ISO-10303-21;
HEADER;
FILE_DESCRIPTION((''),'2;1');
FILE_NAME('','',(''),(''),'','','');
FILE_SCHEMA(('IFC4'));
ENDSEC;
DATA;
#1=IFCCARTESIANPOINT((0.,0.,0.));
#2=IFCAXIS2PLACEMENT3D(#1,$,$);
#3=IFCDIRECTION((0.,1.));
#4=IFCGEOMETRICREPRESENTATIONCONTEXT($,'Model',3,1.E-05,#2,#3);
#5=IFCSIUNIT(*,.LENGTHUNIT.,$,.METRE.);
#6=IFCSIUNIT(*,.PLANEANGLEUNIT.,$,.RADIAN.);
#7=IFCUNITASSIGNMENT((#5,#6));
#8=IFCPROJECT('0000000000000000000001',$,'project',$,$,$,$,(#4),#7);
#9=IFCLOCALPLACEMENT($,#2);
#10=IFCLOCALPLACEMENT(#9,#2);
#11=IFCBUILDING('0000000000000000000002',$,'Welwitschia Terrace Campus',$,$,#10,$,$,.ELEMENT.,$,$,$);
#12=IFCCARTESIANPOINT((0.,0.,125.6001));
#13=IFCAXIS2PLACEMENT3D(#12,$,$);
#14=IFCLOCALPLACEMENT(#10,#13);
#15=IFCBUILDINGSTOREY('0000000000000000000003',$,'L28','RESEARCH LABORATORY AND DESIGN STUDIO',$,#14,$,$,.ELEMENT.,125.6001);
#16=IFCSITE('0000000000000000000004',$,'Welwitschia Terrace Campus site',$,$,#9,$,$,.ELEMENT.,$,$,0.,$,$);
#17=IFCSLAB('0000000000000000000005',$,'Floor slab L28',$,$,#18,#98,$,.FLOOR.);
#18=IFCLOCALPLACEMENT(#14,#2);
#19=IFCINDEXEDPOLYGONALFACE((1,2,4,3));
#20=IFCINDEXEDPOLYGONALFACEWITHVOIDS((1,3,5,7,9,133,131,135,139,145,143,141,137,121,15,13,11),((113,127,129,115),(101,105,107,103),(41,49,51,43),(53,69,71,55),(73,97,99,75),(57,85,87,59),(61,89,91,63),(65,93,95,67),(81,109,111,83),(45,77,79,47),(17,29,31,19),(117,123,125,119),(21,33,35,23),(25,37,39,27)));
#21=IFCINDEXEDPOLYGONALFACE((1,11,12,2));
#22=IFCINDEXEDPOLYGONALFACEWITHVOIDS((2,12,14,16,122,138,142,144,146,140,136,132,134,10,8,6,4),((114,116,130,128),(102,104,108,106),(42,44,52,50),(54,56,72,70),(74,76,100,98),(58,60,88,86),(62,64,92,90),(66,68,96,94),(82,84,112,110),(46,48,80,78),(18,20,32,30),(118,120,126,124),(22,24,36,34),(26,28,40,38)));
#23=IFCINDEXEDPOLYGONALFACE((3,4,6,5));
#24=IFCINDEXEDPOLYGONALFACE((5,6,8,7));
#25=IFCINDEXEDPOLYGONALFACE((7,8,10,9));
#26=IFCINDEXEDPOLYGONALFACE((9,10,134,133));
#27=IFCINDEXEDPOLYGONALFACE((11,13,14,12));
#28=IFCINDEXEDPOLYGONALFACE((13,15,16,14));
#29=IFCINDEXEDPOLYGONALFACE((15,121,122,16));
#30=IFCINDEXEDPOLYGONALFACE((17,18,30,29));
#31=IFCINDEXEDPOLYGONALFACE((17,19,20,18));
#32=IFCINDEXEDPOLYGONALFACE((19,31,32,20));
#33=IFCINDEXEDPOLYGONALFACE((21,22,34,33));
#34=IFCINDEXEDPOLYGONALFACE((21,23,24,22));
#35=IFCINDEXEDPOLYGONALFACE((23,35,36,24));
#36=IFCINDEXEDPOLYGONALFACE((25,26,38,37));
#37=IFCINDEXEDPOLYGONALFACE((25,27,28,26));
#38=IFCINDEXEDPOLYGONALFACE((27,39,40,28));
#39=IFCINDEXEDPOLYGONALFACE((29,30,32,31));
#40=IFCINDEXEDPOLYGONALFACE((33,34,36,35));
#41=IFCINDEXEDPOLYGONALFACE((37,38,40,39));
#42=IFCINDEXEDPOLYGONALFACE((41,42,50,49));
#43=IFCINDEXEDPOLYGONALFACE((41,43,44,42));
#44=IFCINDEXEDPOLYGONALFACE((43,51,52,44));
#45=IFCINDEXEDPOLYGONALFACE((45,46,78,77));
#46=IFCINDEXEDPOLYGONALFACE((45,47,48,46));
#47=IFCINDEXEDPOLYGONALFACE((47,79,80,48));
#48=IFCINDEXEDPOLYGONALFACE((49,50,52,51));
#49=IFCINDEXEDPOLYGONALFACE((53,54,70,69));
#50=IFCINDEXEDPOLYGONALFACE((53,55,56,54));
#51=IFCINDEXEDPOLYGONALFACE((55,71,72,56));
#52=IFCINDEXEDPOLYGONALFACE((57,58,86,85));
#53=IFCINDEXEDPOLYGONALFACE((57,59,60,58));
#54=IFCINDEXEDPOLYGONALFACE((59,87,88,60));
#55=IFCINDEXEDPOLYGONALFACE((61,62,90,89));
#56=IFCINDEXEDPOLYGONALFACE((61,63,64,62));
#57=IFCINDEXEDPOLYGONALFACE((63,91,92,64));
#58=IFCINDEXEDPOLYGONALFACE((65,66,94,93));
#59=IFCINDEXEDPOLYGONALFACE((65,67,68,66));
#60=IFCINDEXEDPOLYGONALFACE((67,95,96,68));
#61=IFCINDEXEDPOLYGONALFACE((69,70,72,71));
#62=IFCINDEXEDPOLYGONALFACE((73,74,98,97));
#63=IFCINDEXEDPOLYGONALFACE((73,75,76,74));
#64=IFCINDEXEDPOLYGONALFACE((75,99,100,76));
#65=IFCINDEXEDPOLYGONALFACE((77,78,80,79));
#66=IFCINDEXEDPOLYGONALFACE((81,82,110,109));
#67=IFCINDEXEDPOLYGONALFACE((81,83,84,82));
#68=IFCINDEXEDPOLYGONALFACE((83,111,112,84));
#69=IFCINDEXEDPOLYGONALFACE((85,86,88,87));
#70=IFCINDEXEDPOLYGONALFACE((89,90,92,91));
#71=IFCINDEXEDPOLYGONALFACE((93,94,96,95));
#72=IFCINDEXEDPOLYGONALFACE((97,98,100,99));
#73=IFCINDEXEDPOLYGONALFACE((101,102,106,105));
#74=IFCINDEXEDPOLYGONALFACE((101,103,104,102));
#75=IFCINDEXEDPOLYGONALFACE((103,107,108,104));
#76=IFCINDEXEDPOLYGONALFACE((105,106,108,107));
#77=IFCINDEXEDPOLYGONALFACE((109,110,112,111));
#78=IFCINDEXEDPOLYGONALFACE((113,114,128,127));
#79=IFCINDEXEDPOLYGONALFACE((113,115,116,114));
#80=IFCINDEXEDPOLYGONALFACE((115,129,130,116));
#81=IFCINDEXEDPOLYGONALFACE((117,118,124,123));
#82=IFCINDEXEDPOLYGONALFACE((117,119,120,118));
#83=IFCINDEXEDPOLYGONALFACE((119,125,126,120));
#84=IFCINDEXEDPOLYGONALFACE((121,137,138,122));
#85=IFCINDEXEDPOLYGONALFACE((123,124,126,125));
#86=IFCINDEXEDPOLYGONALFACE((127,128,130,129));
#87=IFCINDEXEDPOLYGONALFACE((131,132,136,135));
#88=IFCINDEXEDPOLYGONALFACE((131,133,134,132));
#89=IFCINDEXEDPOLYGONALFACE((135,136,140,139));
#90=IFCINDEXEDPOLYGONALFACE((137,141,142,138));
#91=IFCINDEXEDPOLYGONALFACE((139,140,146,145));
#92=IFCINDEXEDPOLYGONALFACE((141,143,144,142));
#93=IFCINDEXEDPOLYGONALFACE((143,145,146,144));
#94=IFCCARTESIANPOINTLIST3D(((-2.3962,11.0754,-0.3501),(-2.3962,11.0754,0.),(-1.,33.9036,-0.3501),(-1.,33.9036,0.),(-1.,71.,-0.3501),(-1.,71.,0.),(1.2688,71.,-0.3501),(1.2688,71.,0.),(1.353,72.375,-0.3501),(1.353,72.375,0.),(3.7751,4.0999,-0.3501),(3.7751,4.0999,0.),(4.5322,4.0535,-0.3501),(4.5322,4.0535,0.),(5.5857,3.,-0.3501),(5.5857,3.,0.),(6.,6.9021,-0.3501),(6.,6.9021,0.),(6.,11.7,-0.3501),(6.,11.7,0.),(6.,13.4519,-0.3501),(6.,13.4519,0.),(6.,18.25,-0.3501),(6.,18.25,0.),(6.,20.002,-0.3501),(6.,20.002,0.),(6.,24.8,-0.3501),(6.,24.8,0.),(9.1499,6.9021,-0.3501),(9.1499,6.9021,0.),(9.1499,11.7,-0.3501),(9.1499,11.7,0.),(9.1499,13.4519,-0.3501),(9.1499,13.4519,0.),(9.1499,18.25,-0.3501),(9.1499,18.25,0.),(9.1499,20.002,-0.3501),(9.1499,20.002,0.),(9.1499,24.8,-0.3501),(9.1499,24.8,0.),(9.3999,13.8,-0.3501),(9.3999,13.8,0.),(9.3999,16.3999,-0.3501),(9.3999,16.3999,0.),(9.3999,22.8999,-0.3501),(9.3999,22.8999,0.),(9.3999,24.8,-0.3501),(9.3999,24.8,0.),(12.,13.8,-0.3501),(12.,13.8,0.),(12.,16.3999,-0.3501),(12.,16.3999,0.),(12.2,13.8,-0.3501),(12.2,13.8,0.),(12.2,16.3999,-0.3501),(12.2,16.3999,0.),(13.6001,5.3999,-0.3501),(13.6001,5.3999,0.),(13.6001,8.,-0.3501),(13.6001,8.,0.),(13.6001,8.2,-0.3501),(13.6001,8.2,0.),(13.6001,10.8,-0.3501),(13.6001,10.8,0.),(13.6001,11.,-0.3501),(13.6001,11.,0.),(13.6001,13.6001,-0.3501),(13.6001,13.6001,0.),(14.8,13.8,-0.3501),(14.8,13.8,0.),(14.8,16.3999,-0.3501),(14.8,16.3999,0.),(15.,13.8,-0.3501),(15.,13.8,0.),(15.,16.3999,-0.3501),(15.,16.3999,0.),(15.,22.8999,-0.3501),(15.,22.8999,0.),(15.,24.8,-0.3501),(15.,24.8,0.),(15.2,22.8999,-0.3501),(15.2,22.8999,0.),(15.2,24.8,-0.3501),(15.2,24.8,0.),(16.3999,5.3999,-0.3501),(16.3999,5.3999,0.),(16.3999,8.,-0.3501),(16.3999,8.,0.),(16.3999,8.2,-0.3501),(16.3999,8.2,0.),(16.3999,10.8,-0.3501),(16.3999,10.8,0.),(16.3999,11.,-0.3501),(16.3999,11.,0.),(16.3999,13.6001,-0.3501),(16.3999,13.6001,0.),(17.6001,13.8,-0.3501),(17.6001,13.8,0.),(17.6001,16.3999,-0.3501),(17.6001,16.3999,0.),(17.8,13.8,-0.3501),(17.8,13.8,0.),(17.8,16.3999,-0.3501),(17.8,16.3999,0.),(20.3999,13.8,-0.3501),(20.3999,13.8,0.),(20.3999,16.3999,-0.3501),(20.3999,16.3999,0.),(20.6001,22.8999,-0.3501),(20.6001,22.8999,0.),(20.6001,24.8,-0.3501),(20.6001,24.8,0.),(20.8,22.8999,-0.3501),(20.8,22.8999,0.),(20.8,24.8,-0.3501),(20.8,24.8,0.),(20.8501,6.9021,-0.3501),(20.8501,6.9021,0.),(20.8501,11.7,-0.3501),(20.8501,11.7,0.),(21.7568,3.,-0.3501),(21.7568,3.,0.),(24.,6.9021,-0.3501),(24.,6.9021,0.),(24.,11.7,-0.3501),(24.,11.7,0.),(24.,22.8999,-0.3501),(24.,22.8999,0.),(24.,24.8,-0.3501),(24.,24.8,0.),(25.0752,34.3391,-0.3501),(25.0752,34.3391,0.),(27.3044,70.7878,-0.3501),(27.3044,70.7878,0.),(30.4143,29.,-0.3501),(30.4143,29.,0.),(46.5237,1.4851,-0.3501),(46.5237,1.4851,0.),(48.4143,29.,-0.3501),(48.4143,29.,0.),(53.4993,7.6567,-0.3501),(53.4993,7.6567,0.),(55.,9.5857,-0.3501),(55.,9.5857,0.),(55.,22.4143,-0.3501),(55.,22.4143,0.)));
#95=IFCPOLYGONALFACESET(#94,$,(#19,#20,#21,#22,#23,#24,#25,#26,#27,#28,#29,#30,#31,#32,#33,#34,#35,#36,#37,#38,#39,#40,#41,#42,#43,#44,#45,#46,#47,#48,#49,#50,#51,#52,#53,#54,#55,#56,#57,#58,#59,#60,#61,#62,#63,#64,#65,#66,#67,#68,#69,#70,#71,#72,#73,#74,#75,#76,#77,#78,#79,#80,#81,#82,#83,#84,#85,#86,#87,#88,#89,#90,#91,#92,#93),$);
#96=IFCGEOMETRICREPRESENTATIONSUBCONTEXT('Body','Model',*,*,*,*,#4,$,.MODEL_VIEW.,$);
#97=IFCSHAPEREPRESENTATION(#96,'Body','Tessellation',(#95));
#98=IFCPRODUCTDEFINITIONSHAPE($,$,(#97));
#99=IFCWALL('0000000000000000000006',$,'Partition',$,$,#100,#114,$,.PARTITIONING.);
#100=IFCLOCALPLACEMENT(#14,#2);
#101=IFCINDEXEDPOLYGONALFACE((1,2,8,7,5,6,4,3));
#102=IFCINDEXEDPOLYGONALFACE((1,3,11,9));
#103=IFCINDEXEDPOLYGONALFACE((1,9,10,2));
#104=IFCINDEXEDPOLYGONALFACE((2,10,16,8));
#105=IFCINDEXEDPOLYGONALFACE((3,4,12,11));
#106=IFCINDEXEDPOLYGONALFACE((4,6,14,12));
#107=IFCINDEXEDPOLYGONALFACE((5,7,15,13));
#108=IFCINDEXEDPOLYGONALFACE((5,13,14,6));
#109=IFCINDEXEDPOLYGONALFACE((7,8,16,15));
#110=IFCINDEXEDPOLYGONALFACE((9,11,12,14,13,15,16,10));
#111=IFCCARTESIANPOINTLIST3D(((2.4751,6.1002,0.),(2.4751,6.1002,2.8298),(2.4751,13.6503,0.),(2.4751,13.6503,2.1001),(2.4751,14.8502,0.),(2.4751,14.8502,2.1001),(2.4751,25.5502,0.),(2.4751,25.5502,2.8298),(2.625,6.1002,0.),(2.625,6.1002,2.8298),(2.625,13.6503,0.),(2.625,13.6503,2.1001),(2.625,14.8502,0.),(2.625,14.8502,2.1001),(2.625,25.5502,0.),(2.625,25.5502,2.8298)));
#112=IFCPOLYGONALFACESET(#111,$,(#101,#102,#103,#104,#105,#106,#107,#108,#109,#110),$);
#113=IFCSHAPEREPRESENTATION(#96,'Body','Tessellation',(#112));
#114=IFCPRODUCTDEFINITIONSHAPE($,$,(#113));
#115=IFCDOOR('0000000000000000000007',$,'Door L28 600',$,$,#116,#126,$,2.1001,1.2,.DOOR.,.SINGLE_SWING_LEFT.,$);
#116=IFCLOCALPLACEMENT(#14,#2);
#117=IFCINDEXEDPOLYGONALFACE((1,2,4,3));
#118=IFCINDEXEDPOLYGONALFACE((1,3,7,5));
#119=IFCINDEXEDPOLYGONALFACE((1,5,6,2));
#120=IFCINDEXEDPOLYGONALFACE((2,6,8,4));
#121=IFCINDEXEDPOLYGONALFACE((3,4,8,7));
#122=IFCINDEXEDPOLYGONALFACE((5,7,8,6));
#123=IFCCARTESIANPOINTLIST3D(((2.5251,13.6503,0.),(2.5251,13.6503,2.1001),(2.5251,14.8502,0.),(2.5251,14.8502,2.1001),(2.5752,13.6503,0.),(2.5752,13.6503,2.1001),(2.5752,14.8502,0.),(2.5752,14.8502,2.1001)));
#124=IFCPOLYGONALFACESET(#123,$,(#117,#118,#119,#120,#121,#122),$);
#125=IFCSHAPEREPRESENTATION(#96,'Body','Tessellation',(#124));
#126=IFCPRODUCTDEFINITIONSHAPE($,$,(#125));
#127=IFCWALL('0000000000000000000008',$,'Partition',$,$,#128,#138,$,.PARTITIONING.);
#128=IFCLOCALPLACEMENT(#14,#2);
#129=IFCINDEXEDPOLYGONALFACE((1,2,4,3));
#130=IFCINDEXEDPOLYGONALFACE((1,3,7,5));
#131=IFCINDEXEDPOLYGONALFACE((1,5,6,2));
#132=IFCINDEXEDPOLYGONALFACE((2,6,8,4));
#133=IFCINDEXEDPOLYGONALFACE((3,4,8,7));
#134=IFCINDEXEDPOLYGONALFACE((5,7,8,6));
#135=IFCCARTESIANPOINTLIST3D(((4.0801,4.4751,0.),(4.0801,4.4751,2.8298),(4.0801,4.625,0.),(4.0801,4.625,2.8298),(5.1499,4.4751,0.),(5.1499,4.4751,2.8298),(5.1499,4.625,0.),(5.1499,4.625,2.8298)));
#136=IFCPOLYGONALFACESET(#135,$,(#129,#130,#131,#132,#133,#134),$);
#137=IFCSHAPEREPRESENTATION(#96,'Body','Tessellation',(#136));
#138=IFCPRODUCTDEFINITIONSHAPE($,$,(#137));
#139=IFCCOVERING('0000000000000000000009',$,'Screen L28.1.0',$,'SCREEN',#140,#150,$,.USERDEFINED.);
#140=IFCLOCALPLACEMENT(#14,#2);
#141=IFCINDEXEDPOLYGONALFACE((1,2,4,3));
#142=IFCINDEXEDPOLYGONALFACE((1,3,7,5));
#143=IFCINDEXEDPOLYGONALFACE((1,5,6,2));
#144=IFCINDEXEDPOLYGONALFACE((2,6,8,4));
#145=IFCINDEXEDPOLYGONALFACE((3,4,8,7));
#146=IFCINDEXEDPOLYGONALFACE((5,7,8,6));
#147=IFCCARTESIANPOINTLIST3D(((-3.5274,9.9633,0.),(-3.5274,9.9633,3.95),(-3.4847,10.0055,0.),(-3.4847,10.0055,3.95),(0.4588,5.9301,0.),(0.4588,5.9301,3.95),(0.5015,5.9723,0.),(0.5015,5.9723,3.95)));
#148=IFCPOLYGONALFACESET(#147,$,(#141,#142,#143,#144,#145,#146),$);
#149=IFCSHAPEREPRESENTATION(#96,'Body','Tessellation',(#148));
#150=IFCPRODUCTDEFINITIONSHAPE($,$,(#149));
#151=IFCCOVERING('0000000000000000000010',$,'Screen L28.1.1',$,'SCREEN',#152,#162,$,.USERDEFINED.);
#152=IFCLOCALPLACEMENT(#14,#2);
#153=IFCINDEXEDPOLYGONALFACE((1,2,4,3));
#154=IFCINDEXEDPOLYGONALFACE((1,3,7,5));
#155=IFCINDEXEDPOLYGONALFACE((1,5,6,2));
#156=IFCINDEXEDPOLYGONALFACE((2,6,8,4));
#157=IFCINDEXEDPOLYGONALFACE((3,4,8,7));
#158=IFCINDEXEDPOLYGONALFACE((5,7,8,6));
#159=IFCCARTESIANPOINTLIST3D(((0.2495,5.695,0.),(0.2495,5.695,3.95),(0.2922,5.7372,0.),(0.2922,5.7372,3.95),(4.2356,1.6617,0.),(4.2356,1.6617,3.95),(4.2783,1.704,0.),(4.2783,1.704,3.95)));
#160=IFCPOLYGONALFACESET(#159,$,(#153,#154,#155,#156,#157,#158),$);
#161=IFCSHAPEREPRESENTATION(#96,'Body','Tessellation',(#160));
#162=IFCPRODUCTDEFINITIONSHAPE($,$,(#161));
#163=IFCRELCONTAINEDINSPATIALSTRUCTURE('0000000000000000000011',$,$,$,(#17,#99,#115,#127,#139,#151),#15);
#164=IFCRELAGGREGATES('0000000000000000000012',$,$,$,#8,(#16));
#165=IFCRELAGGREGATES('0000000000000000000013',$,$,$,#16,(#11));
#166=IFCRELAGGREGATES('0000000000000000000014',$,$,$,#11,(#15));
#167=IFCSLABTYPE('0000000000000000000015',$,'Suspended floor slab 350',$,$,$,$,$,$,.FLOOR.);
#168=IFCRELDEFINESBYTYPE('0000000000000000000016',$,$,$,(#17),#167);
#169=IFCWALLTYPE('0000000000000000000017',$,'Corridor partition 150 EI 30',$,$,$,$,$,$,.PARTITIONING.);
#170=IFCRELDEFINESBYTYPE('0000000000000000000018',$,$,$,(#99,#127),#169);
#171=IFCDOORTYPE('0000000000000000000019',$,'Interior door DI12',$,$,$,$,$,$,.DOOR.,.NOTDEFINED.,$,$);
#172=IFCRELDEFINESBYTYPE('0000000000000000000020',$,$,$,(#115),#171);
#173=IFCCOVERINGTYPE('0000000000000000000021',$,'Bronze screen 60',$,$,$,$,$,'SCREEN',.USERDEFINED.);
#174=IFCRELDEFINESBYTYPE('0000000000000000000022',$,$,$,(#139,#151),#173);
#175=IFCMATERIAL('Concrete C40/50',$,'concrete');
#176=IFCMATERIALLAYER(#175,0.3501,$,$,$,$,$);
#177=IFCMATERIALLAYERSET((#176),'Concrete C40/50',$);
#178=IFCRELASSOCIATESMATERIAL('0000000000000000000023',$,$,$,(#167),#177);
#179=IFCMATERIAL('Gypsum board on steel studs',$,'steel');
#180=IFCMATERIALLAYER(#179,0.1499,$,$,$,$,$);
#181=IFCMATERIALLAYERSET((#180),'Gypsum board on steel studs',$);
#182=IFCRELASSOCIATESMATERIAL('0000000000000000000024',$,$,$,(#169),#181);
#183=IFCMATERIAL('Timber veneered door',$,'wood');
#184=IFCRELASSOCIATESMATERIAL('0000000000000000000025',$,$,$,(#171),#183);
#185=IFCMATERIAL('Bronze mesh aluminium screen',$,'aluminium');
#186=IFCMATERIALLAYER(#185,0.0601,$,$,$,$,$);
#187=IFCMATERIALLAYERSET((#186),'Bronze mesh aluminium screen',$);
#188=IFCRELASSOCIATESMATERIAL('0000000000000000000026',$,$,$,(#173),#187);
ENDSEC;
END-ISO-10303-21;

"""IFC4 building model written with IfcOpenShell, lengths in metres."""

from ifc_helpers import new_model, si_unit, direction, frame, frame_2d, origin, origin_2d, place, context, subcontext, project, spatial, polyline, rectangle, outline, extrude, material, layer, layer_set, type_object, element, fill, save


model = new_model("IFC4")

# Units and contexts
model_context = context("Model", 3, precision=1e-05, world=origin(), true_north=direction((0.0, 1.0)))
body_context = subcontext(model_context, "Body", "Model", "MODEL_VIEW")
ifc_project = project(units=[si_unit("LENGTHUNIT", "METRE"), si_unit("PLANEANGLEUNIT", "RADIAN")], contexts=[model_context])

# Site, building, storey
site_placement = place(None, origin())
site = spatial("IfcSite", under=ifc_project, at=site_placement, Name="Welwitschia Terrace Campus site", CompositionType="ELEMENT", RefElevation=0.0)
building_placement = place(site_placement, origin())
building = spatial("IfcBuilding", under=site, at=building_placement, Name="Welwitschia Terrace Campus", CompositionType="ELEMENT")
storey_placement = place(building_placement, frame((0.0, 0.0, 125.6001)))
storey = spatial("IfcBuildingStorey", under=building, at=storey_placement, Name="L28", Description="RESEARCH LABORATORY AND DESIGN STUDIO", CompositionType="ELEMENT", Elevation=125.6001)

# Slab
ifc_material_1 = material(Name="Concrete C40/50", Category="concrete")
ifc_layer_1 = layer(ifc_material_1, 0.3501)
ifc_layer_set_1 = layer_set([ifc_layer_1], Name="Concrete C40/50")
slab_type_1 = type_object("IfcSlabType", Name="Suspended floor slab 350", PredefinedType="FLOOR", material=ifc_layer_set_1)
slab_1_placement = place(storey_placement, frame((0.0, 0.0, -0.3501)))
element("IfcSlab", 1, at=slab_1_placement, inside=storey, type_object=slab_type_1, Name="Floor slab L28", PredefinedType="FLOOR", context=body_context, shape_type="SweptSolid", body=[
    extrude(outline(polyline([(-1.0, 71.0), (1.2688, 71.0), (1.353, 72.375), (27.3044, 70.7878), (25.0752, 34.3391), (30.4143, 29.0), (48.4143, 29.0), (55.0, 22.4143), (55.0, 9.5857), (53.4993, 7.6567), (46.5237, 1.4851), (21.7568, 3.0), (5.5857, 3.0), (4.5322, 4.0535), (3.7751, 4.0999), (-2.3962, 11.0754), (-1.0, 33.9036), (-1.0, 71.0)]), holes=[polyline([(13.6001, 8.0), (13.6001, 5.3999), (16.3999, 5.3999), (16.3999, 8.0), (13.6001, 8.0)]), polyline([(9.1499, 11.7), (6.0, 11.7), (6.0, 6.9021), (9.1499, 6.9021), (9.1499, 11.7)]), polyline([(12.0, 16.3999), (9.3999, 16.3999), (9.3999, 13.8), (12.0, 13.8), (12.0, 16.3999)]), polyline([(14.8, 16.3999), (12.2, 16.3999), (12.2, 13.8), (14.8, 13.8), (14.8, 16.3999)]), polyline([(9.1499, 18.25), (6.0, 18.25), (6.0, 13.4519), (9.1499, 13.4519), (9.1499, 18.25)]), polyline([(9.1499, 24.8), (6.0, 24.8), (6.0, 20.002), (9.1499, 20.002), (9.1499, 24.8)]), polyline([(15.0, 24.8), (9.3999, 24.8), (9.3999, 22.8999), (15.0, 22.8999), (15.0, 24.8)]), polyline([(20.8501, 11.7), (20.8501, 6.9021), (24.0, 6.9021), (24.0, 11.7), (20.8501, 11.7)]), polyline([(16.3999, 10.8), (13.6001, 10.8), (13.6001, 8.2), (16.3999, 8.2), (16.3999, 10.8)]), polyline([(16.3999, 13.6001), (13.6001, 13.6001), (13.6001, 11.0), (16.3999, 11.0), (16.3999, 13.6001)]), polyline([(17.6001, 16.3999), (15.0, 16.3999), (15.0, 13.8), (17.6001, 13.8), (17.6001, 16.3999)]), polyline([(20.3999, 16.3999), (17.8, 16.3999), (17.8, 13.8), (20.3999, 13.8), (20.3999, 16.3999)]), polyline([(20.6001, 24.8), (15.2, 24.8), (15.2, 22.8999), (20.6001, 22.8999), (20.6001, 24.8)]), polyline([(24.0, 24.8), (20.8, 24.8), (20.8, 22.8999), (24.0, 22.8999), (24.0, 24.8)])]), origin(), (0.0, 0.0, 1.0), 0.3501),
])

# Wall, opening, door
ifc_material_2 = material(Name="Gypsum board on steel studs", Category="steel")
ifc_layer_2 = layer(ifc_material_2, 0.1499)
ifc_layer_set_2 = layer_set([ifc_layer_2], Name="Gypsum board on steel studs")
wall_type = type_object("IfcWallType", Name="Corridor partition 150 EI 30", PredefinedType="PARTITIONING", material=ifc_layer_set_2)
wall_1_placement = place(storey_placement, frame((2.55, 6.1001, 0.0), z_axis=(0.0, 0.0, 1.0), x_axis=(0.0, 1.0, 0.0)))
wall_1 = element("IfcWall", 2, at=wall_1_placement, inside=storey, type_object=wall_type, Name="Partition", PredefinedType="PARTITIONING", context=body_context, shape_type="SweptSolid", body=[
    extrude(rectangle(XDim=19.45, YDim=0.1499, at=frame_2d((9.7251, 0.0))), origin(), (0.0, 0.0, 1.0), 2.8298),
])
opening_placement = place(wall_1_placement, frame((7.55, 0.0, 0.0)))
opening = element("IfcOpeningElement", 3, at=opening_placement, cuts=wall_1, PredefinedType="OPENING", context=body_context, shape_type="SweptSolid", body=[
    extrude(rectangle(XDim=1.2, YDim=2.1001, at=frame_2d((0.6001, 1.05))), frame((0.0, 0.085, 0.0), z_axis=(0.0, -1.0, 0.0), x_axis=(1.0, 0.0, 0.0)), (0.0, 0.0, 1.0), 0.1699),
])
ifc_material_3 = material(Name="Timber veneered door", Category="wood")
door_type = type_object("IfcDoorType", Name="Interior door DI12", OperationType="NOTDEFINED", PredefinedType="DOOR", material=ifc_material_3)
door_placement = place(opening_placement, origin())
door = element("IfcDoor", 4, at=door_placement, inside=storey, type_object=door_type, Name="Door L28 600", OperationType="SINGLE_SWING_LEFT", OverallHeight=2.1001, OverallWidth=1.2, PredefinedType="DOOR", context=body_context, shape_type="SweptSolid", body=[
    extrude(rectangle(XDim=1.2, YDim=2.1001, at=frame_2d((0.6001, 1.05))), frame((0.0, 0.0249, 0.0), z_axis=(0.0, -1.0, 0.0), x_axis=(1.0, 0.0, 0.0)), (0.0, 0.0, 1.0), 0.05),
])
fill(opening, door)

# Wall
wall_2_placement = place(storey_placement, frame((4.0801, 4.55, 0.0), z_axis=(0.0, 0.0, 1.0), x_axis=(1.0, 0.0, 0.0)))
element("IfcWall", 5, at=wall_2_placement, inside=storey, type_object=wall_type, Name="Partition", PredefinedType="PARTITIONING", context=body_context, shape_type="SweptSolid", body=[
    extrude(rectangle(XDim=1.0698, YDim=0.1499, at=frame_2d((0.5349, 0.0))), origin(), (0.0, 0.0, 1.0), 2.8298),
])

# Coverings
ifc_material_4 = material(Name="Bronze mesh aluminium screen", Category="aluminium")
ifc_layer_3 = layer(ifc_material_4, 0.0601)
ifc_layer_set_3 = layer_set([ifc_layer_3], Name="Bronze mesh aluminium screen")
covering_type_1 = type_object("IfcCoveringType", Name="Bronze screen 60", ElementType="SCREEN", PredefinedType="USERDEFINED", material=ifc_layer_set_3)
for number, where, z_axis, x_axis, name in (
    (6, (-1.5129, 7.9678, 0.0), (0.0, 0.0, 1.0), (0.702944, -0.711245, 0.0), "Screen L28.1.0"),
    (7, (2.2639, 3.6995, 0.0), (0.0, 0.0, 1.0), (0.702944, -0.711245, 0.0), "Screen L28.1.1"),
):
    element("IfcCovering", number, at=place(storey_placement, frame(where, z_axis=z_axis, x_axis=x_axis)), inside=storey, type_object=covering_type_1, Name=name, ObjectType="SCREEN", PredefinedType="USERDEFINED", context=body_context, shape_type="SweptSolid", body=[
        extrude(rectangle(XDim=5.6707, YDim=0.0601, at=origin_2d()), origin(), (0.0, 0.0, 1.0), 3.95),
    ])

save(model, "model.ifc")
